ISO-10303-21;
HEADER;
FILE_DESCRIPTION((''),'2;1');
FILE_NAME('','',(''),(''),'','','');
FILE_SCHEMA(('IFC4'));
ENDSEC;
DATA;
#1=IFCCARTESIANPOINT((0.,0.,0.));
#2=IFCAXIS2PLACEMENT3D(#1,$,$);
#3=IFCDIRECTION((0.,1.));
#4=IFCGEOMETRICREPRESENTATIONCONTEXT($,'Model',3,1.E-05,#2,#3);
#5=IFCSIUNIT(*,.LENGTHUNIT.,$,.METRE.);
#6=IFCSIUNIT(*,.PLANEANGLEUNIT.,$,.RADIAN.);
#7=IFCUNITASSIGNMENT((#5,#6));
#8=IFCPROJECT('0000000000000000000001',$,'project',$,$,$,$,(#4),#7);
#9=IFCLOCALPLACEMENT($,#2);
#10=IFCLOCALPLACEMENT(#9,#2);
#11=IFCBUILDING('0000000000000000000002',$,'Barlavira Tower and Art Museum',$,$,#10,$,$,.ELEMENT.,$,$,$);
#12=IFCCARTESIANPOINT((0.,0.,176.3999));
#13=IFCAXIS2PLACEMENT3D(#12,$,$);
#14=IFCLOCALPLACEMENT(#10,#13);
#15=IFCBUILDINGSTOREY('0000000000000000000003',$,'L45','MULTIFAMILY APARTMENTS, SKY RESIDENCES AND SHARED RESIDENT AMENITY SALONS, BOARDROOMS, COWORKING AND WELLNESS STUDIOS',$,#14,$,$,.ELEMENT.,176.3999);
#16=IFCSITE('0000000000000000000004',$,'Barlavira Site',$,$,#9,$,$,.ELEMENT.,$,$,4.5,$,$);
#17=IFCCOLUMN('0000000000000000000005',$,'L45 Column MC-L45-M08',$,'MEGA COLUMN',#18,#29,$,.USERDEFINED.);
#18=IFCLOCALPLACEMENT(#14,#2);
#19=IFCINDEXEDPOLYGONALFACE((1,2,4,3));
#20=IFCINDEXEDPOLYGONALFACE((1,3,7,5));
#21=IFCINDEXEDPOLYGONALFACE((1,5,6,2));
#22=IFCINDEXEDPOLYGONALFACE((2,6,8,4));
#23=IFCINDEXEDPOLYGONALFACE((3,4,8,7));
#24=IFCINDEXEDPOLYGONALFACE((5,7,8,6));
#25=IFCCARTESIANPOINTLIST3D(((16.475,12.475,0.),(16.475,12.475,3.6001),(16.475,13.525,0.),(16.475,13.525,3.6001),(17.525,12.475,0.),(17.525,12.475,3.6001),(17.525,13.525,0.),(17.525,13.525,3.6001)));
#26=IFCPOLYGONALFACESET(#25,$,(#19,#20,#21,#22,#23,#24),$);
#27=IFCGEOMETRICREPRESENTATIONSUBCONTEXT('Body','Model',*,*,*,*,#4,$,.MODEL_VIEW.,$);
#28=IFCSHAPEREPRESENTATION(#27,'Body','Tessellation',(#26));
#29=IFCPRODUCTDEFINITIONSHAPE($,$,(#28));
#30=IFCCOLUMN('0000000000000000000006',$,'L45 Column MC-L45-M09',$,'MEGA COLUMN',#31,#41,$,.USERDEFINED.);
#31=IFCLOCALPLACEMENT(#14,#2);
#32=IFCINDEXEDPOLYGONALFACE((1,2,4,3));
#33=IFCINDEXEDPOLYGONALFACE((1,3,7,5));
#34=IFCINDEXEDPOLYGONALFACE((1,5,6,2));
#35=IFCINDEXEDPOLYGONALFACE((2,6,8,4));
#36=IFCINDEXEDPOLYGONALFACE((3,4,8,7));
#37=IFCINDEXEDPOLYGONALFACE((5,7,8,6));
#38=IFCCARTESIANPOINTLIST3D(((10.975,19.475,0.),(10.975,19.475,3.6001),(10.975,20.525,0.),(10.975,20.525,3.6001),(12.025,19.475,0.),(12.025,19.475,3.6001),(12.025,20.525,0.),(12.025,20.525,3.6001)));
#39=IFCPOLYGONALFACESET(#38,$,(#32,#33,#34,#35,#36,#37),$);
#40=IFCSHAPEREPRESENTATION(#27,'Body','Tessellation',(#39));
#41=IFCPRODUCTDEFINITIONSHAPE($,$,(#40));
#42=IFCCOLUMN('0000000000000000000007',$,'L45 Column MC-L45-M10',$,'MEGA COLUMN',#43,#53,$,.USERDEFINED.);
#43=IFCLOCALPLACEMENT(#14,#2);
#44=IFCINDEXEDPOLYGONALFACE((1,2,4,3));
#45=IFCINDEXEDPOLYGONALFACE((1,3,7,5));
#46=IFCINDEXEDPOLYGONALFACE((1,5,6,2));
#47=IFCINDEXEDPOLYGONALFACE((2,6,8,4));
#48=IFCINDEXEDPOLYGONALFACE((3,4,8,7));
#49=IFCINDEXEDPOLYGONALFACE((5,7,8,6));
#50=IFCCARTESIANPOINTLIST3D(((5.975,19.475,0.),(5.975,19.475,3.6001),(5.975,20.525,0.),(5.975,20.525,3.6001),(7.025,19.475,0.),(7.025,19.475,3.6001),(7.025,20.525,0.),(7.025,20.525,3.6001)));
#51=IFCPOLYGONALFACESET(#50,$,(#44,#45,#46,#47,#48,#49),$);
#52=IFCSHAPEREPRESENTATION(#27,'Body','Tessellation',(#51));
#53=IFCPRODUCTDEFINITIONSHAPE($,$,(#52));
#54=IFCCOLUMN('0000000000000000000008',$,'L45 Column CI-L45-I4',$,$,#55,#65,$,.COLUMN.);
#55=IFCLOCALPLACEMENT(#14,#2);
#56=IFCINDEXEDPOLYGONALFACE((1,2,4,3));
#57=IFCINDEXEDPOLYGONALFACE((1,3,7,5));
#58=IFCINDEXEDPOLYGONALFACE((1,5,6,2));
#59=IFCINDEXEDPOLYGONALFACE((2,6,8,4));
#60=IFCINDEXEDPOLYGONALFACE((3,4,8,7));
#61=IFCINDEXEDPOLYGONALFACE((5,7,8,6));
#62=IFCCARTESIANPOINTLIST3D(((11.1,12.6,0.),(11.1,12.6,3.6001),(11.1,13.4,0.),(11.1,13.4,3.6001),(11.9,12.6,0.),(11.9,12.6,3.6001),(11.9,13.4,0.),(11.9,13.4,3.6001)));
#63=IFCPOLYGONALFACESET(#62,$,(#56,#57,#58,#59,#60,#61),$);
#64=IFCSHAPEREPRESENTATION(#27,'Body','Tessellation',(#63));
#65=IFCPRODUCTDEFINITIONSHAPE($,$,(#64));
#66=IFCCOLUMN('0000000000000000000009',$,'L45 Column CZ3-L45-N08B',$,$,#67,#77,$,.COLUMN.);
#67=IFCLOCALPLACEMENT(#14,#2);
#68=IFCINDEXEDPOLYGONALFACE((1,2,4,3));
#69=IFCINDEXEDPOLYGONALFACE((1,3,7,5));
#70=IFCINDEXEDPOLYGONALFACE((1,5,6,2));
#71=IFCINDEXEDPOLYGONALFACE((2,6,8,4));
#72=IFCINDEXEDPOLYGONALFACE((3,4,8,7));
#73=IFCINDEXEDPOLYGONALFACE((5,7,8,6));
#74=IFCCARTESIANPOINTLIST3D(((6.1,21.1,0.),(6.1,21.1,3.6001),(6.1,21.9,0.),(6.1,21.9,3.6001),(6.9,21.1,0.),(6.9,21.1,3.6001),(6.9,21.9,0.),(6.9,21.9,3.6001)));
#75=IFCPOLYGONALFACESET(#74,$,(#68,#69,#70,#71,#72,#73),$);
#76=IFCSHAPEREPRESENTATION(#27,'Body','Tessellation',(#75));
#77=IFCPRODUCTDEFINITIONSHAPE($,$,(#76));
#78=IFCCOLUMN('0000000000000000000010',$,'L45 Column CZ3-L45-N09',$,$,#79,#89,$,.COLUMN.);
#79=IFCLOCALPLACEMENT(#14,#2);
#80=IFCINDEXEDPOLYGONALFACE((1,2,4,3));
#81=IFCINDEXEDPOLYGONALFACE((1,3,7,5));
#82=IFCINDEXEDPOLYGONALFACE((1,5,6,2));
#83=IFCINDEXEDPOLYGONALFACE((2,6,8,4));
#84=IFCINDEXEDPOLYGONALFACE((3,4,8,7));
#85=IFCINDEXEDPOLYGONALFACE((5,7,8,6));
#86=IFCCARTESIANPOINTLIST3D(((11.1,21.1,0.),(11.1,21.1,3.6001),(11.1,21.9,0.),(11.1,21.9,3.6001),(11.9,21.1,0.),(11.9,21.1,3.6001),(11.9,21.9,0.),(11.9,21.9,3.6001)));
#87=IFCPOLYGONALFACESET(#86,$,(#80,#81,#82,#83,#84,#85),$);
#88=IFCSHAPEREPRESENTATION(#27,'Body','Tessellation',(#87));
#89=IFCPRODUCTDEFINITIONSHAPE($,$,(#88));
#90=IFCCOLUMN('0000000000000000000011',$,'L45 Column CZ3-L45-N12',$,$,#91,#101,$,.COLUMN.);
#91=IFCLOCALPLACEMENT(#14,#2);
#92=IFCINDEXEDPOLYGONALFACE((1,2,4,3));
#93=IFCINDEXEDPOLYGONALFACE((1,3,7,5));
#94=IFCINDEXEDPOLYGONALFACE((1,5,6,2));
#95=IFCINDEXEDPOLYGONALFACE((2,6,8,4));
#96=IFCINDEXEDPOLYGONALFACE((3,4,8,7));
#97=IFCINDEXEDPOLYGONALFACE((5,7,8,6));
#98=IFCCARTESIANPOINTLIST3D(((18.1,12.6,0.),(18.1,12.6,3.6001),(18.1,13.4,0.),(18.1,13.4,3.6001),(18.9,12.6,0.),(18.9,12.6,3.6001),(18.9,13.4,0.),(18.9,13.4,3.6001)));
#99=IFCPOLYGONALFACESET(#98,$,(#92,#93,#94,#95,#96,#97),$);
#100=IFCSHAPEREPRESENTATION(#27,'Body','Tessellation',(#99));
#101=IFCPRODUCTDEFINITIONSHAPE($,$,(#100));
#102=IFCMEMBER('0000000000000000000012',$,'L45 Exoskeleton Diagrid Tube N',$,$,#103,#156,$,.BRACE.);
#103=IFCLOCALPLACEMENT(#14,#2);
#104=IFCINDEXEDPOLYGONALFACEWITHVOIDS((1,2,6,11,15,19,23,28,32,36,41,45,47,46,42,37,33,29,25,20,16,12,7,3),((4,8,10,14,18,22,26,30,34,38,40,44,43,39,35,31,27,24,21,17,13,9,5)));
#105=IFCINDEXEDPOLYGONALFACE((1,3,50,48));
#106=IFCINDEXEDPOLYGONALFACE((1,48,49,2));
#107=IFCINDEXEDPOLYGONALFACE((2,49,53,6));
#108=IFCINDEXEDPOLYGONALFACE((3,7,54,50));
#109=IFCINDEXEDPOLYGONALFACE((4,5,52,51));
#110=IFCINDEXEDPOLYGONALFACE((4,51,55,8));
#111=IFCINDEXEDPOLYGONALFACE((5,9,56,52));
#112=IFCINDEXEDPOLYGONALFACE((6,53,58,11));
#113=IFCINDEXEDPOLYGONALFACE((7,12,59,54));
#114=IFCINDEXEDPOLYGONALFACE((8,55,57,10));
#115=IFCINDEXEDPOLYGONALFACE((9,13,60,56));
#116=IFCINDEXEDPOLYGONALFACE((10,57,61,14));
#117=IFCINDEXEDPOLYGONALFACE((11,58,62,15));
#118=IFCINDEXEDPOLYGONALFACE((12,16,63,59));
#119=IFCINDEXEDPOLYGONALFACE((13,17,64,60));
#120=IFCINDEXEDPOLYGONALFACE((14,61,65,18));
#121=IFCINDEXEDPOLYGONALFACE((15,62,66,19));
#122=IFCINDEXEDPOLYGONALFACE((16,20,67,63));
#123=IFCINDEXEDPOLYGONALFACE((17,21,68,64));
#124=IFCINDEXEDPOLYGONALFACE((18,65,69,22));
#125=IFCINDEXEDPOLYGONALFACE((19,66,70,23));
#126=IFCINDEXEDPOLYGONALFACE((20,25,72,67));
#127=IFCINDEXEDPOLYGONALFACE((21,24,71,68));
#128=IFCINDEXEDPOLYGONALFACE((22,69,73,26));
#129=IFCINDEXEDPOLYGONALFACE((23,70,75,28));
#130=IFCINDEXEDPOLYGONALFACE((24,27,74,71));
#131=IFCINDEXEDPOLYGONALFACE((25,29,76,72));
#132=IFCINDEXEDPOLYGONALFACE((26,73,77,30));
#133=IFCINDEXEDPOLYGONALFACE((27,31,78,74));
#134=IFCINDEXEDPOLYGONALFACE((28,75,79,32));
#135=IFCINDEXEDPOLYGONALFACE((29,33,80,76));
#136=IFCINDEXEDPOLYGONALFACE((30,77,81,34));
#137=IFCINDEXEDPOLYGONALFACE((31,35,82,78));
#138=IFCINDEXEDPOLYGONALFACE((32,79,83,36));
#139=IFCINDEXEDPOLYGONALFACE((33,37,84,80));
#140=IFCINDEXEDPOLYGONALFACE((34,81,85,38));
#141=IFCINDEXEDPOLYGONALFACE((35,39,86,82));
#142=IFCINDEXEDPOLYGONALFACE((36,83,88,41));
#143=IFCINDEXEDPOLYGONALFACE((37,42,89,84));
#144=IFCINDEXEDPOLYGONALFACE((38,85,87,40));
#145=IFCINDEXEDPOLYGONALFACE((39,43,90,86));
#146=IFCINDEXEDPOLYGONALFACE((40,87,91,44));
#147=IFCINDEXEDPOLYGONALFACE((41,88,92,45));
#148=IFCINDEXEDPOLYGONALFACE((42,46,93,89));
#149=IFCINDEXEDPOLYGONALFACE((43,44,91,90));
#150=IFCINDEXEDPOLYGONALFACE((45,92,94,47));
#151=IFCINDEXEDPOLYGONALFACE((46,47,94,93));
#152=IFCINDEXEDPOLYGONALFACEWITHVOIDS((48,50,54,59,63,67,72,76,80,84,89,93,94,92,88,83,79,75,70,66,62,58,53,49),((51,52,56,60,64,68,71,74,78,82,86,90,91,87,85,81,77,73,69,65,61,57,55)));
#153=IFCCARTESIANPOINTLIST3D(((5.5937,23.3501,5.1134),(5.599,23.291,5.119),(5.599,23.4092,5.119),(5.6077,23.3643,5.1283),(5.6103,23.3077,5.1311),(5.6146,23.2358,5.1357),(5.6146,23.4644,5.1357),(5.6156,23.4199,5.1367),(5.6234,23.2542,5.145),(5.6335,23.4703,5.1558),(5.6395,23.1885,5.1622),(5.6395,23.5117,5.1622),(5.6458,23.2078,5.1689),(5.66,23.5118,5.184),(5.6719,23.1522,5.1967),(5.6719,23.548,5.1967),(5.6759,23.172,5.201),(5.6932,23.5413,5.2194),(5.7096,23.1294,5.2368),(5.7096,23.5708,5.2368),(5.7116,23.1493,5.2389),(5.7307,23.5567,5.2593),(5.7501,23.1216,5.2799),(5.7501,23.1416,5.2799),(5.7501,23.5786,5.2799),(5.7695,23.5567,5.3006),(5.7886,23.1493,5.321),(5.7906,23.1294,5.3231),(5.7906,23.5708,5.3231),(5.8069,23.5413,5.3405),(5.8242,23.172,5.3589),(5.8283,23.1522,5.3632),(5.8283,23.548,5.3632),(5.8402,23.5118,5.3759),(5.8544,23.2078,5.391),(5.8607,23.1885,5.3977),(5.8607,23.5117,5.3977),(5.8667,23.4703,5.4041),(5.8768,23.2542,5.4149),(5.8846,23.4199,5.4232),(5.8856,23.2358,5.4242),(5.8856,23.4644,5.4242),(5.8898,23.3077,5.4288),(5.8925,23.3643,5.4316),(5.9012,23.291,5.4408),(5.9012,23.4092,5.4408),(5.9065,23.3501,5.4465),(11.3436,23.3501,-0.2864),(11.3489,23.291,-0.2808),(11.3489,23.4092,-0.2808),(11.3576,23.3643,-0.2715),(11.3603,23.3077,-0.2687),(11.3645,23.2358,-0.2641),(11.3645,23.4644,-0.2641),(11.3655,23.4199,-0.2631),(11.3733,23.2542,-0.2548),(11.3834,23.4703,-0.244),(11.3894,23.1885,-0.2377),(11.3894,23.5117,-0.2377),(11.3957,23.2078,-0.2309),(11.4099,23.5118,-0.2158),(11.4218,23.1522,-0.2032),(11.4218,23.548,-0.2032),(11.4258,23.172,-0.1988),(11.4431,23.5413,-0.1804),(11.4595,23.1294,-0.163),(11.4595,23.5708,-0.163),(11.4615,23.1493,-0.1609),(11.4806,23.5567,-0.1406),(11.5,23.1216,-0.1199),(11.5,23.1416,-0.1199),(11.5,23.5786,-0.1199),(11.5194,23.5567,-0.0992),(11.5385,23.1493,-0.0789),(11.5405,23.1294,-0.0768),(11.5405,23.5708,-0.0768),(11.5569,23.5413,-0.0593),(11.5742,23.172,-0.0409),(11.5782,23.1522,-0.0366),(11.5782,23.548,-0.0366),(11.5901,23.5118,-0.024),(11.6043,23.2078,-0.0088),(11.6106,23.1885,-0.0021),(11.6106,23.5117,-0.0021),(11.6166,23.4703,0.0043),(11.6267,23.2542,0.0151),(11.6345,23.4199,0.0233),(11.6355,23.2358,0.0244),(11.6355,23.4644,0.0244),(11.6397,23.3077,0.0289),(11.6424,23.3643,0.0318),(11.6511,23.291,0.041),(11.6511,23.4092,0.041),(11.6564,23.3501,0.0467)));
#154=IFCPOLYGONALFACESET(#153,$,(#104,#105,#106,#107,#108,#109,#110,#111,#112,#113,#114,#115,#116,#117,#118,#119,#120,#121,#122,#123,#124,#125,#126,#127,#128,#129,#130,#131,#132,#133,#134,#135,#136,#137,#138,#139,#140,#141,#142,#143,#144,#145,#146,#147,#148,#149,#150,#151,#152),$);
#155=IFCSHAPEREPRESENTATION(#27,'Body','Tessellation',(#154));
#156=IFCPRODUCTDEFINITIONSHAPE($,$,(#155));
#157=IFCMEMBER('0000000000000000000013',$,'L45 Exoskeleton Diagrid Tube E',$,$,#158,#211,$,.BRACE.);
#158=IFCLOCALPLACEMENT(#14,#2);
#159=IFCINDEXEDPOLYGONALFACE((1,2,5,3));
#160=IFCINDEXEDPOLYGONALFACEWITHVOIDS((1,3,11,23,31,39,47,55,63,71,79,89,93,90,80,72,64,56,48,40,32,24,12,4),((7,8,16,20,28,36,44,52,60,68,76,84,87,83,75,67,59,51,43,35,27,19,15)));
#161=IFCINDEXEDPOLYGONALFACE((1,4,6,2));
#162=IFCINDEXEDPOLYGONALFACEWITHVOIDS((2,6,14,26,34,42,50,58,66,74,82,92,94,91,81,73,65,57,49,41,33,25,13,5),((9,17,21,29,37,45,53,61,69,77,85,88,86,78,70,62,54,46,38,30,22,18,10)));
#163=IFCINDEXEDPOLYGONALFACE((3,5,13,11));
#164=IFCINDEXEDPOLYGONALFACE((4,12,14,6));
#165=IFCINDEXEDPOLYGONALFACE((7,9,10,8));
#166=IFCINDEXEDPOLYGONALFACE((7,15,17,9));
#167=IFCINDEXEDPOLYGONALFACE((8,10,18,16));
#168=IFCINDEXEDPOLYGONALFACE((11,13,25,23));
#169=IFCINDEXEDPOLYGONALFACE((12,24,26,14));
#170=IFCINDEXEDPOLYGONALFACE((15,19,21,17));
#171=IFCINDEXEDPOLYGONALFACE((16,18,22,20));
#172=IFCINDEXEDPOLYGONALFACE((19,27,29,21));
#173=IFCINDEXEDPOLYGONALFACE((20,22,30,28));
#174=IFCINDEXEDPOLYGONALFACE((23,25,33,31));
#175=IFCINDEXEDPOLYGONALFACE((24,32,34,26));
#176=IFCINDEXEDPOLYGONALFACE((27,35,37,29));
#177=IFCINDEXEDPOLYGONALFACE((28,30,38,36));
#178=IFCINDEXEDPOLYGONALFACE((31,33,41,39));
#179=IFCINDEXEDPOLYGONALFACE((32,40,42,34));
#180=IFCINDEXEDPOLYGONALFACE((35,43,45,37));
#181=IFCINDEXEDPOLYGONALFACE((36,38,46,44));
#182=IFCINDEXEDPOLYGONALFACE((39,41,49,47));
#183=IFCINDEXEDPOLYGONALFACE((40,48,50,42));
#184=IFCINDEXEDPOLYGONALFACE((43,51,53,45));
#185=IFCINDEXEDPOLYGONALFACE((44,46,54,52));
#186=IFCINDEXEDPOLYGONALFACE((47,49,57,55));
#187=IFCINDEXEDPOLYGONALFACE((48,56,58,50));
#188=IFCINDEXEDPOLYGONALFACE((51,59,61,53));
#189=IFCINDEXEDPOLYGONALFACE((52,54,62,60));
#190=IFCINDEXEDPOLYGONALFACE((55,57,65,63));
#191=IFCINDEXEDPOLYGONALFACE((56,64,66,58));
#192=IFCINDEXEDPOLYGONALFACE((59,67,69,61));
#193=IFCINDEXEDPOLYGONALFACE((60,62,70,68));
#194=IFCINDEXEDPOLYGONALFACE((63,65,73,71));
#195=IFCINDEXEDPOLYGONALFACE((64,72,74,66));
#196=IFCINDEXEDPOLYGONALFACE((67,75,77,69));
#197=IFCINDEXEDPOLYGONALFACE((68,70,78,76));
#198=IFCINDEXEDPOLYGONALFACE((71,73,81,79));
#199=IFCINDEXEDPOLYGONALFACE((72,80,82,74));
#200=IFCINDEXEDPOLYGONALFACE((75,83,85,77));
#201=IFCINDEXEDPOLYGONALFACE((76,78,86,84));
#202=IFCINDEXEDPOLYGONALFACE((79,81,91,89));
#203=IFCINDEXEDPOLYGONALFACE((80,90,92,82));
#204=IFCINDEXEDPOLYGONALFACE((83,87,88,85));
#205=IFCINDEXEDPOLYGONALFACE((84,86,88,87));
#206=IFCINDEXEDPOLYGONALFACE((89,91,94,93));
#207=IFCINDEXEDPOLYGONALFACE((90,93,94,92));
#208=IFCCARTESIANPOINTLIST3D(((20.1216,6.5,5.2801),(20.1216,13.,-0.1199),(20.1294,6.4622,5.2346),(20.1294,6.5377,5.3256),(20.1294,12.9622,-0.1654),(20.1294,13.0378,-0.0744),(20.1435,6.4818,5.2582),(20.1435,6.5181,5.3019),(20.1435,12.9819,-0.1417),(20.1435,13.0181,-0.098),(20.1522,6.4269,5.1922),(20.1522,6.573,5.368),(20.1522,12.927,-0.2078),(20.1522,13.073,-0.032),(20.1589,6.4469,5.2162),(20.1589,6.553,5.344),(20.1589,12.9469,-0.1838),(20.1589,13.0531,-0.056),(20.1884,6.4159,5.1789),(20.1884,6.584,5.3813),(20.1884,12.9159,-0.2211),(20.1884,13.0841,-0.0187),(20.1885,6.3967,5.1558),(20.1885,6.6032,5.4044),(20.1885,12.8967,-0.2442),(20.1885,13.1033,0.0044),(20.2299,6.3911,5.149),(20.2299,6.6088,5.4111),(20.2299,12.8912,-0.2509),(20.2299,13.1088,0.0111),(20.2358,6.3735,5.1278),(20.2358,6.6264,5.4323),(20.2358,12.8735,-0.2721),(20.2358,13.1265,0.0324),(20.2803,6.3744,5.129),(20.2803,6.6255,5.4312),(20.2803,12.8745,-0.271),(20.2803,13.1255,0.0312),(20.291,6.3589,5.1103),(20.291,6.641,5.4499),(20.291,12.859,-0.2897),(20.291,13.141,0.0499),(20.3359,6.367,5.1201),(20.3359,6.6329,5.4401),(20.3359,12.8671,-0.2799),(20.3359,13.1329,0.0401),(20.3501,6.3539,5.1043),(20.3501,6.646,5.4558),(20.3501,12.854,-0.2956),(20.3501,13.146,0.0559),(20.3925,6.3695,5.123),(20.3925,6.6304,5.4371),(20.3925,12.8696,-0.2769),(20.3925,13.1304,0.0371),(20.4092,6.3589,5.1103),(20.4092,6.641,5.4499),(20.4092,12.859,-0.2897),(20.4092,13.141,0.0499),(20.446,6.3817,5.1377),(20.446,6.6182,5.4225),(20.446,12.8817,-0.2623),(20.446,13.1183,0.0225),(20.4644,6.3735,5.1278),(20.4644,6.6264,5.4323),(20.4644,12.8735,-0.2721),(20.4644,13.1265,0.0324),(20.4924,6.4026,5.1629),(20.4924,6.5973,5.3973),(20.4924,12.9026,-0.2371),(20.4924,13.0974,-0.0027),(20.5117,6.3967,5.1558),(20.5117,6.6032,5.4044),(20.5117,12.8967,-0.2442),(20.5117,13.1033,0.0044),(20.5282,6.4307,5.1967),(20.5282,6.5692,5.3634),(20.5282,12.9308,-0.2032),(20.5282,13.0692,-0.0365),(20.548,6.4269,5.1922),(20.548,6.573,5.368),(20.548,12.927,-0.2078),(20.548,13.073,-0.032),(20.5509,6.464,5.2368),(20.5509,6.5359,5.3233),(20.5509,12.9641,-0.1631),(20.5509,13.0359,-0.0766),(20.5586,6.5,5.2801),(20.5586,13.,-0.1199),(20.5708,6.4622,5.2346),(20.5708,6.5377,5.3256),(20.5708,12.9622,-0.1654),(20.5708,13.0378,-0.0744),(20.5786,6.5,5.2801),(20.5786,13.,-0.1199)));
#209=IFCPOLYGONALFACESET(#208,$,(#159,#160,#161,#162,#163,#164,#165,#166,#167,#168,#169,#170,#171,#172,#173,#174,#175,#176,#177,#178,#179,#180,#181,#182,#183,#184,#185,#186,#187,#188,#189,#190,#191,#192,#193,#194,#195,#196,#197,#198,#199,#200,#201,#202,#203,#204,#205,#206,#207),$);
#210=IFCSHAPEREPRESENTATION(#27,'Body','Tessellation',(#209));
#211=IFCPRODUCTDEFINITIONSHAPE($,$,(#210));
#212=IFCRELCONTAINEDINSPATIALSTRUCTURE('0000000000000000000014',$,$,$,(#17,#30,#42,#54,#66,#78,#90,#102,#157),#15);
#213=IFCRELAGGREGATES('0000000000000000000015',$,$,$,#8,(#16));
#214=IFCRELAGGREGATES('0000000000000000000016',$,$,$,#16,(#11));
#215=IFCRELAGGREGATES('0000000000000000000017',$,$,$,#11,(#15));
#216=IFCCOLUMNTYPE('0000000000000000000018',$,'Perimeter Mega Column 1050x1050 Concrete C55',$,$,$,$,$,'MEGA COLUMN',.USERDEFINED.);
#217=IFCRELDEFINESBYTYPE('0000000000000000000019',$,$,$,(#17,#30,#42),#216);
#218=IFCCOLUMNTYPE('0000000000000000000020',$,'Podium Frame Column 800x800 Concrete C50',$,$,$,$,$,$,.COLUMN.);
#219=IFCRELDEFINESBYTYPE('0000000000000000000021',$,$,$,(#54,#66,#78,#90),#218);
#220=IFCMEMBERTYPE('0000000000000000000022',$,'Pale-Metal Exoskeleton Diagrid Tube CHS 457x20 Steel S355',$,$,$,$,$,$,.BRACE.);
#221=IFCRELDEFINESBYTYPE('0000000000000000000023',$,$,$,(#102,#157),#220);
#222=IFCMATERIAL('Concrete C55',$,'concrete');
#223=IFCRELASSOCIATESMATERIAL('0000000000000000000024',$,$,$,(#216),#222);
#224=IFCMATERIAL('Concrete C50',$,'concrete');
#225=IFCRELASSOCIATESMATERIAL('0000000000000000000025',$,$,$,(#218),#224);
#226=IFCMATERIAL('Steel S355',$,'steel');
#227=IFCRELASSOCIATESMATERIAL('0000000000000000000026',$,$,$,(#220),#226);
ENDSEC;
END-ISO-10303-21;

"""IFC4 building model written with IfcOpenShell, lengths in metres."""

from ifc_helpers import new_model, si_unit, direction, frame, origin, origin_2d, place, context, subcontext, project, spatial, rectangle, hollow_circle, extrude, material, material_profile, profile_set, type_object, element, save


model = new_model("IFC4")

# Units and contexts
model_context = context("Model", 3, precision=1e-05, world=origin(), true_north=direction((0.0, 1.0)))
body_context = subcontext(model_context, "Body", "Model", "MODEL_VIEW")
ifc_project = project(units=[si_unit("LENGTHUNIT", "METRE"), si_unit("PLANEANGLEUNIT", "RADIAN")], contexts=[model_context])

# Site, building, storey
site_placement = place(None, origin())
site = spatial("IfcSite", under=ifc_project, at=site_placement, Name="Barlavira Site", CompositionType="ELEMENT", RefElevation=4.5)
building_placement = place(site_placement, origin())
building = spatial("IfcBuilding", under=site, at=building_placement, Name="Barlavira Tower and Art Museum", CompositionType="ELEMENT")
storey_placement = place(building_placement, frame((0.0, 0.0, 176.3999)))
storey = spatial("IfcBuildingStorey", under=building, at=storey_placement, Name="L45", Description="MULTIFAMILY APARTMENTS, SKY RESIDENCES AND SHARED RESIDENT AMENITY SALONS, BOARDROOMS, COWORKING AND WELLNESS STUDIOS", CompositionType="ELEMENT", Elevation=176.3999)

# Columns
ifc_material_1 = material(Name="Concrete C55", Category="concrete")
ifc_material_profile_1 = material_profile(ifc_material_1, rectangle(XDim=1.05, YDim=1.05, at=origin_2d()), Name="RC-COL 1050x1050")
ifc_profile_set_1 = profile_set([ifc_material_profile_1], Name="Concrete C55")
column_type_1 = type_object("IfcColumnType", Name="Perimeter Mega Column 1050x1050 Concrete C55", ElementType="MEGA COLUMN", PredefinedType="USERDEFINED", material=ifc_profile_set_1)
for number, where, z_axis, x_axis, name in (
    (1, (17.0, 13.0, 0.0), (0.0, 0.0, 1.0), (1.0, 0.0, 0.0), "L45 Column MC-L45-M08"),
    (2, (11.5, 20.0, 0.0), (0.0, 0.0, 1.0), (1.0, 0.0, 0.0), "L45 Column MC-L45-M09"),
    (3, (6.5, 20.0, 0.0), (0.0, 0.0, 1.0), (1.0, 0.0, 0.0), "L45 Column MC-L45-M10"),
):
    element("IfcColumn", number, at=place(storey_placement, frame(where, z_axis=z_axis, x_axis=x_axis)), inside=storey, type_object=column_type_1, Name=name, ObjectType="MEGA COLUMN", PredefinedType="USERDEFINED", context=body_context, shape_type="SweptSolid", body=[
        extrude(rectangle(XDim=1.05, YDim=1.05, at=origin_2d()), origin(), (0.0, 0.0, 1.0), 3.6001),
    ])
ifc_material_2 = material(Name="Concrete C50", Category="concrete")
ifc_material_profile_2 = material_profile(ifc_material_2, rectangle(XDim=0.8, YDim=0.8, at=origin_2d()), Name="RC-COL 800x800")
ifc_profile_set_2 = profile_set([ifc_material_profile_2], Name="Concrete C50")
column_type_2 = type_object("IfcColumnType", Name="Podium Frame Column 800x800 Concrete C50", PredefinedType="COLUMN", material=ifc_profile_set_2)
for number, where, z_axis, x_axis, name in (
    (4, (11.5, 13.0, 0.0), (0.0, 0.0, 1.0), (1.0, 0.0, 0.0), "L45 Column CI-L45-I4"),
    (5, (6.5, 21.5, 0.0), (0.0, 0.0, 1.0), (1.0, 0.0, 0.0), "L45 Column CZ3-L45-N08B"),
    (6, (11.5, 21.5, 0.0), (0.0, 0.0, 1.0), (1.0, 0.0, 0.0), "L45 Column CZ3-L45-N09"),
    (7, (18.5, 13.0, 0.0), (0.0, 0.0, 1.0), (1.0, 0.0, 0.0), "L45 Column CZ3-L45-N12"),
):
    element("IfcColumn", number, at=place(storey_placement, frame(where, z_axis=z_axis, x_axis=x_axis)), inside=storey, type_object=column_type_2, Name=name, PredefinedType="COLUMN", context=body_context, shape_type="SweptSolid", body=[
        extrude(rectangle(XDim=0.8, YDim=0.8, at=origin_2d()), origin(), (0.0, 0.0, 1.0), 3.6001),
    ])

# Members
ifc_material_3 = material(Name="Steel S355", Category="steel")
ifc_material_profile_3 = material_profile(ifc_material_3, hollow_circle(Radius=0.2285, WallThickness=0.02, at=origin_2d()), Name="CHS 457.0x20.0")
ifc_profile_set_3 = profile_set([ifc_material_profile_3], Name="Steel S355")
member_type_1 = type_object("IfcMemberType", Name="Pale-Metal Exoskeleton Diagrid Tube CHS 457x20 Steel S355", PredefinedType="BRACE", material=ifc_profile_set_3)
member_1_placement = place(storey_placement, frame((11.5, 23.3501, -0.1199), z_axis=(-0.72895, 0.0, 0.684567), x_axis=(0.0, -1.0, 0.0)))
element("IfcMember", 8, at=member_1_placement, inside=storey, type_object=member_type_1, Name="L45 Exoskeleton Diagrid Tube N", PredefinedType="BRACE", context=body_context, shape_type="SweptSolid", body=[
    extrude(hollow_circle(Radius=0.2285, WallThickness=0.02, at=origin_2d()), origin(), (0.0, 0.0, 1.0), 7.8879),
])
member_2_placement = place(storey_placement, frame((20.3501, 13.0, -0.1199), z_axis=(0.0, -0.769196, 0.639013), x_axis=(1.0, 0.0, 0.0)))
element("IfcMember", 9, at=member_2_placement, inside=storey, type_object=member_type_1, Name="L45 Exoskeleton Diagrid Tube E", PredefinedType="BRACE", context=body_context, shape_type="SweptSolid", body=[
    extrude(hollow_circle(Radius=0.2285, WallThickness=0.02, at=origin_2d()), origin(), (0.0, 0.0, 1.0), 8.4504),
])

save(model, "model.ifc")
